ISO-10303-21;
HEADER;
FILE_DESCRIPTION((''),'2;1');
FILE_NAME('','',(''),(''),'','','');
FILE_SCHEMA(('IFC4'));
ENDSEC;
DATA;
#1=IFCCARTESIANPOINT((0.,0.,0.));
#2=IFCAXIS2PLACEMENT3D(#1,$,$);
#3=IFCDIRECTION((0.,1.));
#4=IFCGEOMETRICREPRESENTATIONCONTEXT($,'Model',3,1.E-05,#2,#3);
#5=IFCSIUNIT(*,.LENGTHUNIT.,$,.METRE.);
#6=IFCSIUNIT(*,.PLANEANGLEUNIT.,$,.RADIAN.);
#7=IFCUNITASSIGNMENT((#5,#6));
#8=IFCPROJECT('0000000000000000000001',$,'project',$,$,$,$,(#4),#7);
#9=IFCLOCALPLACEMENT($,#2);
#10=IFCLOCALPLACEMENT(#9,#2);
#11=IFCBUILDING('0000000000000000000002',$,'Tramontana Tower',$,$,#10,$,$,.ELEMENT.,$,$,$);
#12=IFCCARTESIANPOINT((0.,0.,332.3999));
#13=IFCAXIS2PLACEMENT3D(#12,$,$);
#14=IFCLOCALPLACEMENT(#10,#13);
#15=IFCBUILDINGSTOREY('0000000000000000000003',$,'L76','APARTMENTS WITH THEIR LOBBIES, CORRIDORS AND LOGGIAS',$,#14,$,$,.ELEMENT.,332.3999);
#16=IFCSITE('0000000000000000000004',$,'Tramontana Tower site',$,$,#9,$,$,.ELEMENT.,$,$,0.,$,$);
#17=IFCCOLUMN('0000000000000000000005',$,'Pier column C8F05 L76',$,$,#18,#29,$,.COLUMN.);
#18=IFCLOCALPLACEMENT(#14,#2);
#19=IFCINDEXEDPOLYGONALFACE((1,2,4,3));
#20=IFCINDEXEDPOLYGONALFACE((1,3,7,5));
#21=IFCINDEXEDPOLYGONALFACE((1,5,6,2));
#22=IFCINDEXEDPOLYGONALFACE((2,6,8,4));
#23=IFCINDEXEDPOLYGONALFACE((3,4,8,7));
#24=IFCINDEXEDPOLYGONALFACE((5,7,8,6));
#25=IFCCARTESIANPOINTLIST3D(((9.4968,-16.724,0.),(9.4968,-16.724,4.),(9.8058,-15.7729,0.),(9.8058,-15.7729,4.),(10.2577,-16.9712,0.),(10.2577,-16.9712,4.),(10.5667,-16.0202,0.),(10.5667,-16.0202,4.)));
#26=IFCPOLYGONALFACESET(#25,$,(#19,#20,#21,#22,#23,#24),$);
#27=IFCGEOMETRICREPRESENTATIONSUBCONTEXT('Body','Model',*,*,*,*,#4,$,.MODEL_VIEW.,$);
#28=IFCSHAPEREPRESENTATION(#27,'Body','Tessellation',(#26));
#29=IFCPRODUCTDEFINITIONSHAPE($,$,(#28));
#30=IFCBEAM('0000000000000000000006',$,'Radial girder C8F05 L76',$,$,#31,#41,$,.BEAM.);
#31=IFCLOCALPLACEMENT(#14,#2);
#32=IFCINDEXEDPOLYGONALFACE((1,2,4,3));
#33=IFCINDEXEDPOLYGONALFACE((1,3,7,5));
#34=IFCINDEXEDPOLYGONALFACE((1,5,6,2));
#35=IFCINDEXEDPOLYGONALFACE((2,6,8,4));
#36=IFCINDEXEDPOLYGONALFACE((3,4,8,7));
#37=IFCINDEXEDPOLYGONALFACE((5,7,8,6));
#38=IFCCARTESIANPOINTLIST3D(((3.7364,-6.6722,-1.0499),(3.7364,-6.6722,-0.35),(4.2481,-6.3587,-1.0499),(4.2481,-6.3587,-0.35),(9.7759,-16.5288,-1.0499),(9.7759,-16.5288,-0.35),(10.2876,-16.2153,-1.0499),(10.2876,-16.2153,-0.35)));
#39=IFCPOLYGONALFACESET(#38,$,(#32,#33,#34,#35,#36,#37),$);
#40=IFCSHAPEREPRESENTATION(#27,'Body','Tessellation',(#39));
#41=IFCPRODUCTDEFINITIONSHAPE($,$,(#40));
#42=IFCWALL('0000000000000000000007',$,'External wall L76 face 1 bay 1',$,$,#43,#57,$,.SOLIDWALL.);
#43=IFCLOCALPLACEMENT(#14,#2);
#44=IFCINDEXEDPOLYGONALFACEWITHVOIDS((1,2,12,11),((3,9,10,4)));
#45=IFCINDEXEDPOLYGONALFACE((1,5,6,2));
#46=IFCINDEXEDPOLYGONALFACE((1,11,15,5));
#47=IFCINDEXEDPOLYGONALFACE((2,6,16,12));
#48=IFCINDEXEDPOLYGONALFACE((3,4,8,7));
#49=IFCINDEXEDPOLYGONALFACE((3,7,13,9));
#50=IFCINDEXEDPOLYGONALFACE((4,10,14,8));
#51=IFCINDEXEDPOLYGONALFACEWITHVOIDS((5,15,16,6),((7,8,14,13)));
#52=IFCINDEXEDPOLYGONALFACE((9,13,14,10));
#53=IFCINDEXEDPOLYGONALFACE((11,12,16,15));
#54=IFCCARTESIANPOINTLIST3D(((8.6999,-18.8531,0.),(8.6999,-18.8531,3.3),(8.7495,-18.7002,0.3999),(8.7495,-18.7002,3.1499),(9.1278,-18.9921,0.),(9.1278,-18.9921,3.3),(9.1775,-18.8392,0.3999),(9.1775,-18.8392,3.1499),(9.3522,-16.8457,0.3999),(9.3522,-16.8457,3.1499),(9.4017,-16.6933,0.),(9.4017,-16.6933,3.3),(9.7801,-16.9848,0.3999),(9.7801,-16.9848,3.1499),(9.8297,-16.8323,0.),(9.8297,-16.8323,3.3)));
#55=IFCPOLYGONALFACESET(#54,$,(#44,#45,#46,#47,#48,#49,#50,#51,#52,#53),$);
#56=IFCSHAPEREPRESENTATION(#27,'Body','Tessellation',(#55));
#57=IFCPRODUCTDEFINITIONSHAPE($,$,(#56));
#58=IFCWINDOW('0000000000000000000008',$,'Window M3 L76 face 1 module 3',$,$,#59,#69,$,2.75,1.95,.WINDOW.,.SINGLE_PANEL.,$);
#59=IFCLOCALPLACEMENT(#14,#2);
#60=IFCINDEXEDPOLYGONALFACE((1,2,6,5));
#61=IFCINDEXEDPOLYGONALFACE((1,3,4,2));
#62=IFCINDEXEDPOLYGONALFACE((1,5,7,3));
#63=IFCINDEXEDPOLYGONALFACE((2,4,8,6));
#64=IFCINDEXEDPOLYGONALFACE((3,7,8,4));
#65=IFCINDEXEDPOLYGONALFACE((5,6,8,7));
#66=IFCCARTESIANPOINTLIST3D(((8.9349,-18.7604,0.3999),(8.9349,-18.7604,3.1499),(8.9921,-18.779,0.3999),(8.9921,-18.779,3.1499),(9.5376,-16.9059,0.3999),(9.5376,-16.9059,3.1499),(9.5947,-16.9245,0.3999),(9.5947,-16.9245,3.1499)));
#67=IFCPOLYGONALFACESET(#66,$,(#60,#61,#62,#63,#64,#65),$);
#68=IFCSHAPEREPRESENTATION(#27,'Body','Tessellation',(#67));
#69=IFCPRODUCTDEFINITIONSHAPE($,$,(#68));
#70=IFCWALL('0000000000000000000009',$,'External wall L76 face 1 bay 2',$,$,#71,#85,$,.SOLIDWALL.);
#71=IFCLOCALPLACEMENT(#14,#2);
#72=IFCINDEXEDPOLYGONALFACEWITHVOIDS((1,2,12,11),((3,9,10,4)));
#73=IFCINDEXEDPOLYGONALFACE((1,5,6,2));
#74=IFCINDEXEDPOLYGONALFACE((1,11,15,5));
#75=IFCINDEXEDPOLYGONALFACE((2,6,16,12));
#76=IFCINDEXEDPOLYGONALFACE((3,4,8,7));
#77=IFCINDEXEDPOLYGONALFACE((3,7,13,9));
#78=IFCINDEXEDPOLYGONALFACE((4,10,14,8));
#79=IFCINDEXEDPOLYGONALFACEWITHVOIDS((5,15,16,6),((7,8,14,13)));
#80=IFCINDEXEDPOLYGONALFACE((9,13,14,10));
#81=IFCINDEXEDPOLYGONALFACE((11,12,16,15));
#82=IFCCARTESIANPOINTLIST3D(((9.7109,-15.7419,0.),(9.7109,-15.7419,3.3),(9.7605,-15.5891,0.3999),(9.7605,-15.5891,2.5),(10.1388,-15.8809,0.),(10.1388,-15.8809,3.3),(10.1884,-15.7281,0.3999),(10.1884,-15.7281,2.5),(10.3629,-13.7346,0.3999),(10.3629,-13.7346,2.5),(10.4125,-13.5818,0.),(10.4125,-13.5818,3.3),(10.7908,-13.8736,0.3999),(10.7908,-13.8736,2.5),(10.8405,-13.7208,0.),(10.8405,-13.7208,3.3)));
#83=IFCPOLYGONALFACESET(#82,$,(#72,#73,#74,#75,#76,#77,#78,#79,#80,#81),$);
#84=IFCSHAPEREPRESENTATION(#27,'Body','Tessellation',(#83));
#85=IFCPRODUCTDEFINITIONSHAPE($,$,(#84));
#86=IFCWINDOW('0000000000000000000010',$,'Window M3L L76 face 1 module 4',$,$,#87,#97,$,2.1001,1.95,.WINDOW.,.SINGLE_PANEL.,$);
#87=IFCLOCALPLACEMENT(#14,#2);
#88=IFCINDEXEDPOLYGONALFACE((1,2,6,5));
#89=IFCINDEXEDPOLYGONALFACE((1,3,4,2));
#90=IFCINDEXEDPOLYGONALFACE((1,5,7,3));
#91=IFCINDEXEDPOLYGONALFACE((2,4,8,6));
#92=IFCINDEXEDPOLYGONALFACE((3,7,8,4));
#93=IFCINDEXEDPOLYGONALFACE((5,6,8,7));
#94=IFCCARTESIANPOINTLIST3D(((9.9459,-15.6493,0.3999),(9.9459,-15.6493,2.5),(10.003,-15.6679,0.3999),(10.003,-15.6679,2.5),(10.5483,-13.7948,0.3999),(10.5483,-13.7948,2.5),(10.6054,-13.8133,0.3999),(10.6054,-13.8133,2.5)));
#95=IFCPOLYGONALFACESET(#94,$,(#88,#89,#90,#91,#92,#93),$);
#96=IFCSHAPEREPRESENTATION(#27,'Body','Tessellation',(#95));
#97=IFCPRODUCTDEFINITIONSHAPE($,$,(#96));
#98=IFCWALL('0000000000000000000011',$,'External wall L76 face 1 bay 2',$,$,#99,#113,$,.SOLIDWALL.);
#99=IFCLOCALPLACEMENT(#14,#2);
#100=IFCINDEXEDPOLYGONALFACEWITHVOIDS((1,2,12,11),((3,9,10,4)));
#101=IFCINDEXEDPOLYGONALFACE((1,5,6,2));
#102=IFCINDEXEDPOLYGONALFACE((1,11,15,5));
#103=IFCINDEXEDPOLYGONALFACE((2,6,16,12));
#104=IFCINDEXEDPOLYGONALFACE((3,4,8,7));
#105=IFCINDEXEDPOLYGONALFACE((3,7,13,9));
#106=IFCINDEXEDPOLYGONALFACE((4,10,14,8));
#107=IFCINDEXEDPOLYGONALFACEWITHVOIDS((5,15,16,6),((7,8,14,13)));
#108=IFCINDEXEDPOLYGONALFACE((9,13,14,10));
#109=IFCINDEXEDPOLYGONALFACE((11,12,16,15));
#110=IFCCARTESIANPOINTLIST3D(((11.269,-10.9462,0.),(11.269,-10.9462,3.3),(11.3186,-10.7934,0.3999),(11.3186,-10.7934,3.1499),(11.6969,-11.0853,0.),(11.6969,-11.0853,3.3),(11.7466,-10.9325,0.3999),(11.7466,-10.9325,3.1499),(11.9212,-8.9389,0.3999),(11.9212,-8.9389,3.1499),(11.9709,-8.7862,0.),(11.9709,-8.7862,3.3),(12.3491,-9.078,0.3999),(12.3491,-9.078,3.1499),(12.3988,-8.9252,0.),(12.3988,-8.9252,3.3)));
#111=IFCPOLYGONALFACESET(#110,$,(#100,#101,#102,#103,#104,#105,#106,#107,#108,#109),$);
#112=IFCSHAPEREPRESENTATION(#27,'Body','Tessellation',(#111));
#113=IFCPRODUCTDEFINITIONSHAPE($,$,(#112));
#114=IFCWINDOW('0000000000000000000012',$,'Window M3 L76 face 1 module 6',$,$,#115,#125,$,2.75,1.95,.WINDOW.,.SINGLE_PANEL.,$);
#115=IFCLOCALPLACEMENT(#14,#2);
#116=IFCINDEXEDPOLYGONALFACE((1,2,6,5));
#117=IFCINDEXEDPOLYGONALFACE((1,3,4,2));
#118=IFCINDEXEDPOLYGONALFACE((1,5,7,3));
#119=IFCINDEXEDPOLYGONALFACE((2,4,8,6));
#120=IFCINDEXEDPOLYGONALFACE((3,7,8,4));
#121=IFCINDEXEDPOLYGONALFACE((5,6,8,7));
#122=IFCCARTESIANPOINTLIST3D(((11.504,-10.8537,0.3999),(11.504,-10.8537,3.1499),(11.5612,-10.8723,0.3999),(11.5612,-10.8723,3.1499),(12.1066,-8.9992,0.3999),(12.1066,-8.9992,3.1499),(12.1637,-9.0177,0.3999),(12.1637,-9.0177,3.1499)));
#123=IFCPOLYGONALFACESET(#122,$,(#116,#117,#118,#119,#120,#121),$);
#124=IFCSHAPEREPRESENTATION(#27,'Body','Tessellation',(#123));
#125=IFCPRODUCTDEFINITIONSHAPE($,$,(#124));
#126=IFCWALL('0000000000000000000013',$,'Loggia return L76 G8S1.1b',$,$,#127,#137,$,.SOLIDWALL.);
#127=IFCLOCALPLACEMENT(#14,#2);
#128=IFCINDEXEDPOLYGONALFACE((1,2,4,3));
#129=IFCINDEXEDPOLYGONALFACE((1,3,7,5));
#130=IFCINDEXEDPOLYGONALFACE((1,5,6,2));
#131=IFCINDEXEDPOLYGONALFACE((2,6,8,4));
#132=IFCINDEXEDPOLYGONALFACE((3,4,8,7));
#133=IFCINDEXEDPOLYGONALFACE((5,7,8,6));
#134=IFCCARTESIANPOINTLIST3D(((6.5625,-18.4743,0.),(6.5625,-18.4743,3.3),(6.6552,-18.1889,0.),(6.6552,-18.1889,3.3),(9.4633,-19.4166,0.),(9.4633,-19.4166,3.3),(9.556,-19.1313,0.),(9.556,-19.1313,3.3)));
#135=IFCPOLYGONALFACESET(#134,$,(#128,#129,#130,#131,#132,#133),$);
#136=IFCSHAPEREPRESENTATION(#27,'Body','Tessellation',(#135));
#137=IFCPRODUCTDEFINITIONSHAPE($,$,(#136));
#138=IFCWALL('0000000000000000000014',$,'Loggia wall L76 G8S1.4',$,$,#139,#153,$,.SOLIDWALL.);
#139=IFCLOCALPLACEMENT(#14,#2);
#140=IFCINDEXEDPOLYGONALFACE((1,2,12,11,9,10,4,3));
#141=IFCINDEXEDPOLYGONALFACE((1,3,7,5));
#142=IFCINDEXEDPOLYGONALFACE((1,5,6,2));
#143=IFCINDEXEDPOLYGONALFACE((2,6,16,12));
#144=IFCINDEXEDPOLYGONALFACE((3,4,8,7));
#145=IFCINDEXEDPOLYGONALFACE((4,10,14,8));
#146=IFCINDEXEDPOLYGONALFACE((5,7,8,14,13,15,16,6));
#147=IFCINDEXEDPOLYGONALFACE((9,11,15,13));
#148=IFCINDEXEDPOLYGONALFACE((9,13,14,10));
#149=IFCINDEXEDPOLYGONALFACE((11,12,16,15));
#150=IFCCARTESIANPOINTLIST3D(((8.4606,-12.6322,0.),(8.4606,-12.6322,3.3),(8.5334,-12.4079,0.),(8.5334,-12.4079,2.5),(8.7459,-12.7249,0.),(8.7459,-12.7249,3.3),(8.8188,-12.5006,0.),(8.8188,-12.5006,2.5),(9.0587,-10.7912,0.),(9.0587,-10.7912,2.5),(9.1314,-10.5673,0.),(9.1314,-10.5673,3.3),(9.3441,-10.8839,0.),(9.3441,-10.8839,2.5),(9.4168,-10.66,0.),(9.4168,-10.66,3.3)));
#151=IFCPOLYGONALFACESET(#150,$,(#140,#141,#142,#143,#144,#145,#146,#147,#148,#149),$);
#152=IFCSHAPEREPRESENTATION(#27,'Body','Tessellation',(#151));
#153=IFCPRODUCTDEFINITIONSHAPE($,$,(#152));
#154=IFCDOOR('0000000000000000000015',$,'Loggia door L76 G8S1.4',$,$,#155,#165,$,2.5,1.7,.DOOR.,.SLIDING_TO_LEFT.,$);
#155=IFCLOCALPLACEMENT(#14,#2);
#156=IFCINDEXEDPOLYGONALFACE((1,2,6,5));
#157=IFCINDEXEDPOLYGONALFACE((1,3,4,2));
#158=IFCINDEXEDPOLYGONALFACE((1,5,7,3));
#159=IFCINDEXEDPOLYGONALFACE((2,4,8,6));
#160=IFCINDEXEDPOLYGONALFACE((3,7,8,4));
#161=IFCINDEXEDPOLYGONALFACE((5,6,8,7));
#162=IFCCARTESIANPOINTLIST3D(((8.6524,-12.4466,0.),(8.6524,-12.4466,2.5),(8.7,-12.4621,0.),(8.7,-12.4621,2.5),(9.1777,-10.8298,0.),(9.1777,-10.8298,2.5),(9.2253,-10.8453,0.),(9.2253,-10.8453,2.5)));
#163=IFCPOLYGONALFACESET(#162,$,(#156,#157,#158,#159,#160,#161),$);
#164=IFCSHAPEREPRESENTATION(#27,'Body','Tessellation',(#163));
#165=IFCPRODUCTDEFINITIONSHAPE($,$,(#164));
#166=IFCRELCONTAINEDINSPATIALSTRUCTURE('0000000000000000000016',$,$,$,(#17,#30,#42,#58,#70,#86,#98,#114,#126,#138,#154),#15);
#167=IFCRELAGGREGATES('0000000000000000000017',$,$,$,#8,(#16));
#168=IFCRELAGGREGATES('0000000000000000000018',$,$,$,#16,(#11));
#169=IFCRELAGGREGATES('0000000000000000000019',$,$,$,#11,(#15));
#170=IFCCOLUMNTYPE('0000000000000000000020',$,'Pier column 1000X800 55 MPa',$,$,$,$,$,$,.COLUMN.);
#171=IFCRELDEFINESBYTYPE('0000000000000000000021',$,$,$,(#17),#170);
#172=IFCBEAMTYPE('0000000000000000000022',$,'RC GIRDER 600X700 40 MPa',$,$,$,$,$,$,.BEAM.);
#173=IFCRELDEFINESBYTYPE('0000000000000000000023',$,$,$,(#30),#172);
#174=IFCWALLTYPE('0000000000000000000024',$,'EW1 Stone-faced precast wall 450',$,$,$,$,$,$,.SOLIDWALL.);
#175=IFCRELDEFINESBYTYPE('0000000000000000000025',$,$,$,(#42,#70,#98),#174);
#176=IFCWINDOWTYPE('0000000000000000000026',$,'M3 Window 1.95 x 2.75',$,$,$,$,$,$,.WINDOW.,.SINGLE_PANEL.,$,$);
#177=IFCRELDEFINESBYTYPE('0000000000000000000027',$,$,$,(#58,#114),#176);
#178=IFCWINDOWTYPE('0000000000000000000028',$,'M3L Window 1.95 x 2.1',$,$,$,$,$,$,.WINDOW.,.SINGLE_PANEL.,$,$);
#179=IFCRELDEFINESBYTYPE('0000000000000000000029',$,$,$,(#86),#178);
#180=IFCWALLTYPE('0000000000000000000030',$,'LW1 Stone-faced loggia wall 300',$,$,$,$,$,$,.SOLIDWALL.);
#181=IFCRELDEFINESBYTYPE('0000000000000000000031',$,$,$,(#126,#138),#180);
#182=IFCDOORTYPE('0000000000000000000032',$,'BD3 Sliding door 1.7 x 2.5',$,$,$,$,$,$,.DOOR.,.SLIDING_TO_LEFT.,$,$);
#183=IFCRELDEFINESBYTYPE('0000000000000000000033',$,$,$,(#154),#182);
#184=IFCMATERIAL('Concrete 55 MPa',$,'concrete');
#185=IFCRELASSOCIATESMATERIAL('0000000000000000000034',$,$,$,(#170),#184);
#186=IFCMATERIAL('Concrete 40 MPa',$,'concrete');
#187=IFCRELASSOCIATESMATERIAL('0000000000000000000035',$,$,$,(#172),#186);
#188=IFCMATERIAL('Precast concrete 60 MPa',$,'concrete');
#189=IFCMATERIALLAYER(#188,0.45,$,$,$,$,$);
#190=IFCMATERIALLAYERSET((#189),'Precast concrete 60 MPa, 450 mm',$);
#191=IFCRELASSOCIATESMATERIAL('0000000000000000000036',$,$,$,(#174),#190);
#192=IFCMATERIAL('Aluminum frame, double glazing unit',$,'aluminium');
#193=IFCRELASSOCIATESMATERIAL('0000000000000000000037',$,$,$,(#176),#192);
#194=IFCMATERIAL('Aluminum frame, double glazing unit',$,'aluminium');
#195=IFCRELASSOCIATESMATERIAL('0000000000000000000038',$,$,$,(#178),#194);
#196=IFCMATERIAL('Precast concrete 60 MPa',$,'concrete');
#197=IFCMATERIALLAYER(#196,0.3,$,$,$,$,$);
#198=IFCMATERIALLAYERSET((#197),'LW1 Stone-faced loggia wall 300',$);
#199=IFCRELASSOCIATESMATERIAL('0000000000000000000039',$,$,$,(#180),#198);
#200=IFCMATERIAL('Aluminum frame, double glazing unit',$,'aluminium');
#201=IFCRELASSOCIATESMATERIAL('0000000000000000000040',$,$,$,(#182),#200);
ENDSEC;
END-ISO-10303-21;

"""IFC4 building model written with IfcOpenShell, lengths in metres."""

from ifc_helpers import new_model, si_unit, direction, frame, frame_2d, origin, origin_2d, place, context, subcontext, project, spatial, rectangle, extrude, material, layer, layer_set, material_profile, profile_set, type_object, element, fill, save


model = new_model("IFC4")

# Units and contexts
model_context = context("Model", 3, precision=1e-05, world=origin(), true_north=direction((0.0, 1.0)))
body_context = subcontext(model_context, "Body", "Model", "MODEL_VIEW")
ifc_project = project(units=[si_unit("LENGTHUNIT", "METRE"), si_unit("PLANEANGLEUNIT", "RADIAN")], contexts=[model_context])

# Site, building, storey
site_placement = place(None, origin())
site = spatial("IfcSite", under=ifc_project, at=site_placement, Name="Tramontana Tower site", CompositionType="ELEMENT", RefElevation=0.0)
building_placement = place(site_placement, origin())
building = spatial("IfcBuilding", under=site, at=building_placement, Name="Tramontana Tower", CompositionType="ELEMENT")
storey_placement = place(building_placement, frame((0.0, 0.0, 332.3999)))
storey = spatial("IfcBuildingStorey", under=building, at=storey_placement, Name="L76", Description="APARTMENTS WITH THEIR LOBBIES, CORRIDORS AND LOGGIAS", CompositionType="ELEMENT", Elevation=332.3999)

# Column
ifc_material_1 = material(Name="Concrete 55 MPa", Category="concrete")
ifc_material_profile_1 = material_profile(ifc_material_1, rectangle(XDim=1.0, YDim=0.8, at=origin_2d()), Name="Pier column 1000X800 55 MPa")
ifc_profile_set_1 = profile_set([ifc_material_profile_1], Name="Concrete 55 MPa")
column_type = type_object("IfcColumnType", Name="Pier column 1000X800 55 MPa", PredefinedType="COLUMN", material=ifc_profile_set_1)
column_placement = place(storey_placement, frame((10.0317, -16.3721, 0.0), z_axis=(0.0, 0.0, 1.0), x_axis=(0.309017, 0.951057, 0.0)))
element("IfcColumn", 1, at=column_placement, inside=storey, type_object=column_type, Name="Pier column C8F05 L76", PredefinedType="COLUMN", context=body_context, shape_type="SweptSolid", body=[
    extrude(rectangle(XDim=1.0, YDim=0.8, at=origin_2d()), origin(), (0.0, 0.0, 1.0), 4.0),
])

# Beam
ifc_material_2 = material(Name="Concrete 40 MPa", Category="concrete")
ifc_material_profile_2 = material_profile(ifc_material_2, rectangle(XDim=0.6001, YDim=0.7, at=origin_2d()), Name="RC GIRDER 600X700 40 MPa")
ifc_profile_set_2 = profile_set([ifc_material_profile_2], Name="Concrete 40 MPa")
beam_type = type_object("IfcBeamType", Name="RC GIRDER 600X700 40 MPa", PredefinedType="BEAM", material=ifc_profile_set_2)
beam_placement = place(storey_placement, frame((10.0317, -16.3721, -0.7), z_axis=(-0.522459, 0.852665, 0.0), x_axis=(-0.852665, -0.522459, 0.0)))
element("IfcBeam", 2, at=beam_placement, inside=storey, type_object=beam_type, Name="Radial girder C8F05 L76", PredefinedType="BEAM", context=body_context, shape_type="SweptSolid", body=[
    extrude(rectangle(XDim=0.6001, YDim=0.7, at=origin_2d()), origin(), (0.0, 0.0, 1.0), 11.5598),
])

# Walls, openings, windows
ifc_material_3 = material(Name="Precast concrete 60 MPa", Category="concrete")
ifc_layer_1 = layer(ifc_material_3, 0.45)
ifc_layer_set_1 = layer_set([ifc_layer_1], Name="Precast concrete 60 MPa, 450 mm")
wall_type_1 = type_object("IfcWallType", Name="EW1 Stone-faced precast wall 450", PredefinedType="SOLIDWALL", material=ifc_layer_set_1)
wall_1_placement = place(storey_placement, frame((8.9138, -18.9226, 0.0), z_axis=(0.0, 0.0, 1.0), x_axis=(0.309059, 0.951043, 0.0)))
wall_1 = element("IfcWall", 3, at=wall_1_placement, inside=storey, type_object=wall_type_1, Name="External wall L76 face 1 bay 1", PredefinedType="SOLIDWALL", context=body_context, shape_type="SweptSolid", body=[
    extrude(rectangle(XDim=2.271, YDim=0.45, at=frame_2d((1.1355, 0.0))), origin(), (0.0, 0.0, 1.0), 3.3),
])
opening_1_placement = place(wall_1_placement, frame((0.1606, 0.0, 0.3999)))
opening_1 = element("IfcOpeningElement", 4, at=opening_1_placement, cuts=wall_1, PredefinedType="OPENING", context=body_context, shape_type="SweptSolid", body=[
    extrude(rectangle(XDim=1.95, YDim=2.75, at=frame_2d((0.9751, 1.375))), frame((0.0, 0.2349, 0.0), z_axis=(0.0, -1.0, 0.0), x_axis=(1.0, 0.0, 0.0)), (0.0, 0.0, 1.0), 0.47),
])
ifc_material_4 = material(Name="Aluminum frame, double glazing unit", Category="aluminium")
window_type_1 = type_object("IfcWindowType", Name="M3 Window 1.95 x 2.75", PartitioningType="SINGLE_PANEL", PredefinedType="WINDOW", material=ifc_material_4)
window_1_placement = place(opening_1_placement, origin())
window_1 = element("IfcWindow", 5, at=window_1_placement, inside=storey, type_object=window_type_1, Name="Window M3 L76 face 1 module 3", OverallHeight=2.75, OverallWidth=1.95, PartitioningType="SINGLE_PANEL", PredefinedType="WINDOW", context=body_context, shape_type="SweptSolid", body=[
    extrude(rectangle(XDim=1.95, YDim=2.75, at=frame_2d((0.9751, 1.375))), frame((0.0, 0.03, 0.0), z_axis=(0.0, -1.0, 0.0), x_axis=(1.0, 0.0, 0.0)), (0.0, 0.0, 1.0), 0.0601),
])
fill(opening_1, window_1)
wall_2_placement = place(storey_placement, frame((9.9248, -15.8115, 0.0), z_axis=(0.0, 0.0, 1.0), x_axis=(0.308931, 0.951085, 0.0)))
wall_2 = element("IfcWall", 6, at=wall_2_placement, inside=storey, type_object=wall_type_1, Name="External wall L76 face 1 bay 2", PredefinedType="SOLIDWALL", context=body_context, shape_type="SweptSolid", body=[
    extrude(rectangle(XDim=2.2712, YDim=0.45, at=frame_2d((1.1357, 0.0))), origin(), (0.0, 0.0, 1.0), 3.3),
])
opening_2_placement = place(wall_2_placement, frame((0.1606, 0.0, 0.3999)))
opening_2 = element("IfcOpeningElement", 7, at=opening_2_placement, cuts=wall_2, PredefinedType="OPENING", context=body_context, shape_type="SweptSolid", body=[
    extrude(rectangle(XDim=1.95, YDim=2.1001, at=frame_2d((0.9751, 1.05))), frame((0.0, 0.2349, 0.0), z_axis=(0.0, -1.0, 0.0), x_axis=(1.0, 0.0, 0.0)), (0.0, 0.0, 1.0), 0.47),
])
ifc_material_5 = material(Name="Aluminum frame, double glazing unit", Category="aluminium")
window_type_2 = type_object("IfcWindowType", Name="M3L Window 1.95 x 2.1", PartitioningType="SINGLE_PANEL", PredefinedType="WINDOW", material=ifc_material_5)
window_2_placement = place(opening_2_placement, origin())
window_2 = element("IfcWindow", 8, at=window_2_placement, inside=storey, type_object=window_type_2, Name="Window M3L L76 face 1 module 4", OverallHeight=2.1001, OverallWidth=1.95, PartitioningType="SINGLE_PANEL", PredefinedType="WINDOW", context=body_context, shape_type="SweptSolid", body=[
    extrude(rectangle(XDim=1.95, YDim=2.1001, at=frame_2d((0.9751, 1.05))), frame((0.0, 0.03, 0.0), z_axis=(0.0, -1.0, 0.0), x_axis=(1.0, 0.0, 0.0)), (0.0, 0.0, 1.0), 0.0601),
])
fill(opening_2, window_2)
wall_3_placement = place(storey_placement, frame((11.4829, -11.0159, 0.0), z_axis=(0.0, 0.0, 1.0), x_axis=(0.309028, 0.951053, 0.0)))
wall_3 = element("IfcWall", 9, at=wall_3_placement, inside=storey, type_object=wall_type_1, Name="External wall L76 face 1 bay 2", PredefinedType="SOLIDWALL", context=body_context, shape_type="SweptSolid", body=[
    extrude(rectangle(XDim=2.2712, YDim=0.45, at=frame_2d((1.1357, 0.0))), origin(), (0.0, 0.0, 1.0), 3.3),
])
opening_3_placement = place(wall_3_placement, frame((0.1606, 0.0, 0.3999)))
opening_3 = element("IfcOpeningElement", 10, at=opening_3_placement, cuts=wall_3, PredefinedType="OPENING", context=body_context, shape_type="SweptSolid", body=[
    extrude(rectangle(XDim=1.95, YDim=2.75, at=frame_2d((0.9751, 1.375))), frame((0.0, 0.2349, 0.0), z_axis=(0.0, -1.0, 0.0), x_axis=(1.0, 0.0, 0.0)), (0.0, 0.0, 1.0), 0.47),
])
window_3_placement = place(opening_3_placement, origin())
window_3 = element("IfcWindow", 11, at=window_3_placement, inside=storey, type_object=window_type_1, Name="Window M3 L76 face 1 module 6", OverallHeight=2.75, OverallWidth=1.95, PartitioningType="SINGLE_PANEL", PredefinedType="WINDOW", context=body_context, shape_type="SweptSolid", body=[
    extrude(rectangle(XDim=1.95, YDim=2.75, at=frame_2d((0.9751, 1.375))), frame((0.0, 0.03, 0.0), z_axis=(0.0, -1.0, 0.0), x_axis=(1.0, 0.0, 0.0)), (0.0, 0.0, 1.0), 0.0601),
])
fill(opening_3, window_3)

# Wall
ifc_material_6 = material(Name="Precast concrete 60 MPa", Category="concrete")
ifc_layer_2 = layer(ifc_material_6, 0.3)
ifc_layer_set_2 = layer_set([ifc_layer_2], Name="LW1 Stone-faced loggia wall 300")
wall_type_2 = type_object("IfcWallType", Name="LW1 Stone-faced loggia wall 300", PredefinedType="SOLIDWALL", material=ifc_layer_set_2)
wall_4_placement = place(storey_placement, frame((9.5095, -19.2739, 0.0), z_axis=(0.0, 0.0, 1.0), x_axis=(-0.951073, 0.308967, 0.0)))
element("IfcWall", 12, at=wall_4_placement, inside=storey, type_object=wall_type_2, Name="Loggia return L76 G8S1.1b", PredefinedType="SOLIDWALL", context=body_context, shape_type="SweptSolid", body=[
    extrude(rectangle(XDim=3.05, YDim=0.3, at=frame_2d((1.5249, 0.0))), origin(), (0.0, 0.0, 1.0), 3.3),
])

# Wall, opening, door
wall_5_placement = place(storey_placement, frame((8.6033, -12.6785, 0.0), z_axis=(0.0, 0.0, 1.0), x_axis=(0.309, 0.951062, 0.0)))
wall_5 = element("IfcWall", 13, at=wall_5_placement, inside=storey, type_object=wall_type_2, Name="Loggia wall L76 G8S1.4", PredefinedType="SOLIDWALL", context=body_context, shape_type="SweptSolid", body=[
    extrude(rectangle(XDim=2.1711, YDim=0.3, at=frame_2d((1.0854, 0.0))), origin(), (0.0, 0.0, 1.0), 3.3),
])
opening_4_placement = place(wall_5_placement, frame((0.2356, 0.0, 0.0)))
opening_4 = element("IfcOpeningElement", 14, at=opening_4_placement, cuts=wall_5, PredefinedType="OPENING", context=body_context, shape_type="SweptSolid", body=[
    extrude(rectangle(XDim=1.7, YDim=2.5, at=frame_2d((0.8501, 1.25))), frame((0.0, 0.1599, 0.0), z_axis=(0.0, -1.0, 0.0), x_axis=(1.0, 0.0, 0.0)), (0.0, 0.0, 1.0), 0.3201),
])
ifc_material_7 = material(Name="Aluminum frame, double glazing unit", Category="aluminium")
door_type_1 = type_object("IfcDoorType", Name="BD3 Sliding door 1.7 x 2.5", OperationType="SLIDING_TO_LEFT", PredefinedType="DOOR", material=ifc_material_7)
door_1_placement = place(opening_4_placement, origin())
door_1 = element("IfcDoor", 15, at=door_1_placement, inside=storey, type_object=door_type_1, Name="Loggia door L76 G8S1.4", OperationType="SLIDING_TO_LEFT", OverallHeight=2.5, OverallWidth=1.7, PredefinedType="DOOR", context=body_context, shape_type="SweptSolid", body=[
    extrude(rectangle(XDim=1.7, YDim=2.5, at=frame_2d((0.8501, 1.25))), frame((0.0, 0.0249, 0.0), z_axis=(0.0, -1.0, 0.0), x_axis=(1.0, 0.0, 0.0)), (0.0, 0.0, 1.0), 0.05),
])
fill(opening_4, door_1)

save(model, "model.ifc")
